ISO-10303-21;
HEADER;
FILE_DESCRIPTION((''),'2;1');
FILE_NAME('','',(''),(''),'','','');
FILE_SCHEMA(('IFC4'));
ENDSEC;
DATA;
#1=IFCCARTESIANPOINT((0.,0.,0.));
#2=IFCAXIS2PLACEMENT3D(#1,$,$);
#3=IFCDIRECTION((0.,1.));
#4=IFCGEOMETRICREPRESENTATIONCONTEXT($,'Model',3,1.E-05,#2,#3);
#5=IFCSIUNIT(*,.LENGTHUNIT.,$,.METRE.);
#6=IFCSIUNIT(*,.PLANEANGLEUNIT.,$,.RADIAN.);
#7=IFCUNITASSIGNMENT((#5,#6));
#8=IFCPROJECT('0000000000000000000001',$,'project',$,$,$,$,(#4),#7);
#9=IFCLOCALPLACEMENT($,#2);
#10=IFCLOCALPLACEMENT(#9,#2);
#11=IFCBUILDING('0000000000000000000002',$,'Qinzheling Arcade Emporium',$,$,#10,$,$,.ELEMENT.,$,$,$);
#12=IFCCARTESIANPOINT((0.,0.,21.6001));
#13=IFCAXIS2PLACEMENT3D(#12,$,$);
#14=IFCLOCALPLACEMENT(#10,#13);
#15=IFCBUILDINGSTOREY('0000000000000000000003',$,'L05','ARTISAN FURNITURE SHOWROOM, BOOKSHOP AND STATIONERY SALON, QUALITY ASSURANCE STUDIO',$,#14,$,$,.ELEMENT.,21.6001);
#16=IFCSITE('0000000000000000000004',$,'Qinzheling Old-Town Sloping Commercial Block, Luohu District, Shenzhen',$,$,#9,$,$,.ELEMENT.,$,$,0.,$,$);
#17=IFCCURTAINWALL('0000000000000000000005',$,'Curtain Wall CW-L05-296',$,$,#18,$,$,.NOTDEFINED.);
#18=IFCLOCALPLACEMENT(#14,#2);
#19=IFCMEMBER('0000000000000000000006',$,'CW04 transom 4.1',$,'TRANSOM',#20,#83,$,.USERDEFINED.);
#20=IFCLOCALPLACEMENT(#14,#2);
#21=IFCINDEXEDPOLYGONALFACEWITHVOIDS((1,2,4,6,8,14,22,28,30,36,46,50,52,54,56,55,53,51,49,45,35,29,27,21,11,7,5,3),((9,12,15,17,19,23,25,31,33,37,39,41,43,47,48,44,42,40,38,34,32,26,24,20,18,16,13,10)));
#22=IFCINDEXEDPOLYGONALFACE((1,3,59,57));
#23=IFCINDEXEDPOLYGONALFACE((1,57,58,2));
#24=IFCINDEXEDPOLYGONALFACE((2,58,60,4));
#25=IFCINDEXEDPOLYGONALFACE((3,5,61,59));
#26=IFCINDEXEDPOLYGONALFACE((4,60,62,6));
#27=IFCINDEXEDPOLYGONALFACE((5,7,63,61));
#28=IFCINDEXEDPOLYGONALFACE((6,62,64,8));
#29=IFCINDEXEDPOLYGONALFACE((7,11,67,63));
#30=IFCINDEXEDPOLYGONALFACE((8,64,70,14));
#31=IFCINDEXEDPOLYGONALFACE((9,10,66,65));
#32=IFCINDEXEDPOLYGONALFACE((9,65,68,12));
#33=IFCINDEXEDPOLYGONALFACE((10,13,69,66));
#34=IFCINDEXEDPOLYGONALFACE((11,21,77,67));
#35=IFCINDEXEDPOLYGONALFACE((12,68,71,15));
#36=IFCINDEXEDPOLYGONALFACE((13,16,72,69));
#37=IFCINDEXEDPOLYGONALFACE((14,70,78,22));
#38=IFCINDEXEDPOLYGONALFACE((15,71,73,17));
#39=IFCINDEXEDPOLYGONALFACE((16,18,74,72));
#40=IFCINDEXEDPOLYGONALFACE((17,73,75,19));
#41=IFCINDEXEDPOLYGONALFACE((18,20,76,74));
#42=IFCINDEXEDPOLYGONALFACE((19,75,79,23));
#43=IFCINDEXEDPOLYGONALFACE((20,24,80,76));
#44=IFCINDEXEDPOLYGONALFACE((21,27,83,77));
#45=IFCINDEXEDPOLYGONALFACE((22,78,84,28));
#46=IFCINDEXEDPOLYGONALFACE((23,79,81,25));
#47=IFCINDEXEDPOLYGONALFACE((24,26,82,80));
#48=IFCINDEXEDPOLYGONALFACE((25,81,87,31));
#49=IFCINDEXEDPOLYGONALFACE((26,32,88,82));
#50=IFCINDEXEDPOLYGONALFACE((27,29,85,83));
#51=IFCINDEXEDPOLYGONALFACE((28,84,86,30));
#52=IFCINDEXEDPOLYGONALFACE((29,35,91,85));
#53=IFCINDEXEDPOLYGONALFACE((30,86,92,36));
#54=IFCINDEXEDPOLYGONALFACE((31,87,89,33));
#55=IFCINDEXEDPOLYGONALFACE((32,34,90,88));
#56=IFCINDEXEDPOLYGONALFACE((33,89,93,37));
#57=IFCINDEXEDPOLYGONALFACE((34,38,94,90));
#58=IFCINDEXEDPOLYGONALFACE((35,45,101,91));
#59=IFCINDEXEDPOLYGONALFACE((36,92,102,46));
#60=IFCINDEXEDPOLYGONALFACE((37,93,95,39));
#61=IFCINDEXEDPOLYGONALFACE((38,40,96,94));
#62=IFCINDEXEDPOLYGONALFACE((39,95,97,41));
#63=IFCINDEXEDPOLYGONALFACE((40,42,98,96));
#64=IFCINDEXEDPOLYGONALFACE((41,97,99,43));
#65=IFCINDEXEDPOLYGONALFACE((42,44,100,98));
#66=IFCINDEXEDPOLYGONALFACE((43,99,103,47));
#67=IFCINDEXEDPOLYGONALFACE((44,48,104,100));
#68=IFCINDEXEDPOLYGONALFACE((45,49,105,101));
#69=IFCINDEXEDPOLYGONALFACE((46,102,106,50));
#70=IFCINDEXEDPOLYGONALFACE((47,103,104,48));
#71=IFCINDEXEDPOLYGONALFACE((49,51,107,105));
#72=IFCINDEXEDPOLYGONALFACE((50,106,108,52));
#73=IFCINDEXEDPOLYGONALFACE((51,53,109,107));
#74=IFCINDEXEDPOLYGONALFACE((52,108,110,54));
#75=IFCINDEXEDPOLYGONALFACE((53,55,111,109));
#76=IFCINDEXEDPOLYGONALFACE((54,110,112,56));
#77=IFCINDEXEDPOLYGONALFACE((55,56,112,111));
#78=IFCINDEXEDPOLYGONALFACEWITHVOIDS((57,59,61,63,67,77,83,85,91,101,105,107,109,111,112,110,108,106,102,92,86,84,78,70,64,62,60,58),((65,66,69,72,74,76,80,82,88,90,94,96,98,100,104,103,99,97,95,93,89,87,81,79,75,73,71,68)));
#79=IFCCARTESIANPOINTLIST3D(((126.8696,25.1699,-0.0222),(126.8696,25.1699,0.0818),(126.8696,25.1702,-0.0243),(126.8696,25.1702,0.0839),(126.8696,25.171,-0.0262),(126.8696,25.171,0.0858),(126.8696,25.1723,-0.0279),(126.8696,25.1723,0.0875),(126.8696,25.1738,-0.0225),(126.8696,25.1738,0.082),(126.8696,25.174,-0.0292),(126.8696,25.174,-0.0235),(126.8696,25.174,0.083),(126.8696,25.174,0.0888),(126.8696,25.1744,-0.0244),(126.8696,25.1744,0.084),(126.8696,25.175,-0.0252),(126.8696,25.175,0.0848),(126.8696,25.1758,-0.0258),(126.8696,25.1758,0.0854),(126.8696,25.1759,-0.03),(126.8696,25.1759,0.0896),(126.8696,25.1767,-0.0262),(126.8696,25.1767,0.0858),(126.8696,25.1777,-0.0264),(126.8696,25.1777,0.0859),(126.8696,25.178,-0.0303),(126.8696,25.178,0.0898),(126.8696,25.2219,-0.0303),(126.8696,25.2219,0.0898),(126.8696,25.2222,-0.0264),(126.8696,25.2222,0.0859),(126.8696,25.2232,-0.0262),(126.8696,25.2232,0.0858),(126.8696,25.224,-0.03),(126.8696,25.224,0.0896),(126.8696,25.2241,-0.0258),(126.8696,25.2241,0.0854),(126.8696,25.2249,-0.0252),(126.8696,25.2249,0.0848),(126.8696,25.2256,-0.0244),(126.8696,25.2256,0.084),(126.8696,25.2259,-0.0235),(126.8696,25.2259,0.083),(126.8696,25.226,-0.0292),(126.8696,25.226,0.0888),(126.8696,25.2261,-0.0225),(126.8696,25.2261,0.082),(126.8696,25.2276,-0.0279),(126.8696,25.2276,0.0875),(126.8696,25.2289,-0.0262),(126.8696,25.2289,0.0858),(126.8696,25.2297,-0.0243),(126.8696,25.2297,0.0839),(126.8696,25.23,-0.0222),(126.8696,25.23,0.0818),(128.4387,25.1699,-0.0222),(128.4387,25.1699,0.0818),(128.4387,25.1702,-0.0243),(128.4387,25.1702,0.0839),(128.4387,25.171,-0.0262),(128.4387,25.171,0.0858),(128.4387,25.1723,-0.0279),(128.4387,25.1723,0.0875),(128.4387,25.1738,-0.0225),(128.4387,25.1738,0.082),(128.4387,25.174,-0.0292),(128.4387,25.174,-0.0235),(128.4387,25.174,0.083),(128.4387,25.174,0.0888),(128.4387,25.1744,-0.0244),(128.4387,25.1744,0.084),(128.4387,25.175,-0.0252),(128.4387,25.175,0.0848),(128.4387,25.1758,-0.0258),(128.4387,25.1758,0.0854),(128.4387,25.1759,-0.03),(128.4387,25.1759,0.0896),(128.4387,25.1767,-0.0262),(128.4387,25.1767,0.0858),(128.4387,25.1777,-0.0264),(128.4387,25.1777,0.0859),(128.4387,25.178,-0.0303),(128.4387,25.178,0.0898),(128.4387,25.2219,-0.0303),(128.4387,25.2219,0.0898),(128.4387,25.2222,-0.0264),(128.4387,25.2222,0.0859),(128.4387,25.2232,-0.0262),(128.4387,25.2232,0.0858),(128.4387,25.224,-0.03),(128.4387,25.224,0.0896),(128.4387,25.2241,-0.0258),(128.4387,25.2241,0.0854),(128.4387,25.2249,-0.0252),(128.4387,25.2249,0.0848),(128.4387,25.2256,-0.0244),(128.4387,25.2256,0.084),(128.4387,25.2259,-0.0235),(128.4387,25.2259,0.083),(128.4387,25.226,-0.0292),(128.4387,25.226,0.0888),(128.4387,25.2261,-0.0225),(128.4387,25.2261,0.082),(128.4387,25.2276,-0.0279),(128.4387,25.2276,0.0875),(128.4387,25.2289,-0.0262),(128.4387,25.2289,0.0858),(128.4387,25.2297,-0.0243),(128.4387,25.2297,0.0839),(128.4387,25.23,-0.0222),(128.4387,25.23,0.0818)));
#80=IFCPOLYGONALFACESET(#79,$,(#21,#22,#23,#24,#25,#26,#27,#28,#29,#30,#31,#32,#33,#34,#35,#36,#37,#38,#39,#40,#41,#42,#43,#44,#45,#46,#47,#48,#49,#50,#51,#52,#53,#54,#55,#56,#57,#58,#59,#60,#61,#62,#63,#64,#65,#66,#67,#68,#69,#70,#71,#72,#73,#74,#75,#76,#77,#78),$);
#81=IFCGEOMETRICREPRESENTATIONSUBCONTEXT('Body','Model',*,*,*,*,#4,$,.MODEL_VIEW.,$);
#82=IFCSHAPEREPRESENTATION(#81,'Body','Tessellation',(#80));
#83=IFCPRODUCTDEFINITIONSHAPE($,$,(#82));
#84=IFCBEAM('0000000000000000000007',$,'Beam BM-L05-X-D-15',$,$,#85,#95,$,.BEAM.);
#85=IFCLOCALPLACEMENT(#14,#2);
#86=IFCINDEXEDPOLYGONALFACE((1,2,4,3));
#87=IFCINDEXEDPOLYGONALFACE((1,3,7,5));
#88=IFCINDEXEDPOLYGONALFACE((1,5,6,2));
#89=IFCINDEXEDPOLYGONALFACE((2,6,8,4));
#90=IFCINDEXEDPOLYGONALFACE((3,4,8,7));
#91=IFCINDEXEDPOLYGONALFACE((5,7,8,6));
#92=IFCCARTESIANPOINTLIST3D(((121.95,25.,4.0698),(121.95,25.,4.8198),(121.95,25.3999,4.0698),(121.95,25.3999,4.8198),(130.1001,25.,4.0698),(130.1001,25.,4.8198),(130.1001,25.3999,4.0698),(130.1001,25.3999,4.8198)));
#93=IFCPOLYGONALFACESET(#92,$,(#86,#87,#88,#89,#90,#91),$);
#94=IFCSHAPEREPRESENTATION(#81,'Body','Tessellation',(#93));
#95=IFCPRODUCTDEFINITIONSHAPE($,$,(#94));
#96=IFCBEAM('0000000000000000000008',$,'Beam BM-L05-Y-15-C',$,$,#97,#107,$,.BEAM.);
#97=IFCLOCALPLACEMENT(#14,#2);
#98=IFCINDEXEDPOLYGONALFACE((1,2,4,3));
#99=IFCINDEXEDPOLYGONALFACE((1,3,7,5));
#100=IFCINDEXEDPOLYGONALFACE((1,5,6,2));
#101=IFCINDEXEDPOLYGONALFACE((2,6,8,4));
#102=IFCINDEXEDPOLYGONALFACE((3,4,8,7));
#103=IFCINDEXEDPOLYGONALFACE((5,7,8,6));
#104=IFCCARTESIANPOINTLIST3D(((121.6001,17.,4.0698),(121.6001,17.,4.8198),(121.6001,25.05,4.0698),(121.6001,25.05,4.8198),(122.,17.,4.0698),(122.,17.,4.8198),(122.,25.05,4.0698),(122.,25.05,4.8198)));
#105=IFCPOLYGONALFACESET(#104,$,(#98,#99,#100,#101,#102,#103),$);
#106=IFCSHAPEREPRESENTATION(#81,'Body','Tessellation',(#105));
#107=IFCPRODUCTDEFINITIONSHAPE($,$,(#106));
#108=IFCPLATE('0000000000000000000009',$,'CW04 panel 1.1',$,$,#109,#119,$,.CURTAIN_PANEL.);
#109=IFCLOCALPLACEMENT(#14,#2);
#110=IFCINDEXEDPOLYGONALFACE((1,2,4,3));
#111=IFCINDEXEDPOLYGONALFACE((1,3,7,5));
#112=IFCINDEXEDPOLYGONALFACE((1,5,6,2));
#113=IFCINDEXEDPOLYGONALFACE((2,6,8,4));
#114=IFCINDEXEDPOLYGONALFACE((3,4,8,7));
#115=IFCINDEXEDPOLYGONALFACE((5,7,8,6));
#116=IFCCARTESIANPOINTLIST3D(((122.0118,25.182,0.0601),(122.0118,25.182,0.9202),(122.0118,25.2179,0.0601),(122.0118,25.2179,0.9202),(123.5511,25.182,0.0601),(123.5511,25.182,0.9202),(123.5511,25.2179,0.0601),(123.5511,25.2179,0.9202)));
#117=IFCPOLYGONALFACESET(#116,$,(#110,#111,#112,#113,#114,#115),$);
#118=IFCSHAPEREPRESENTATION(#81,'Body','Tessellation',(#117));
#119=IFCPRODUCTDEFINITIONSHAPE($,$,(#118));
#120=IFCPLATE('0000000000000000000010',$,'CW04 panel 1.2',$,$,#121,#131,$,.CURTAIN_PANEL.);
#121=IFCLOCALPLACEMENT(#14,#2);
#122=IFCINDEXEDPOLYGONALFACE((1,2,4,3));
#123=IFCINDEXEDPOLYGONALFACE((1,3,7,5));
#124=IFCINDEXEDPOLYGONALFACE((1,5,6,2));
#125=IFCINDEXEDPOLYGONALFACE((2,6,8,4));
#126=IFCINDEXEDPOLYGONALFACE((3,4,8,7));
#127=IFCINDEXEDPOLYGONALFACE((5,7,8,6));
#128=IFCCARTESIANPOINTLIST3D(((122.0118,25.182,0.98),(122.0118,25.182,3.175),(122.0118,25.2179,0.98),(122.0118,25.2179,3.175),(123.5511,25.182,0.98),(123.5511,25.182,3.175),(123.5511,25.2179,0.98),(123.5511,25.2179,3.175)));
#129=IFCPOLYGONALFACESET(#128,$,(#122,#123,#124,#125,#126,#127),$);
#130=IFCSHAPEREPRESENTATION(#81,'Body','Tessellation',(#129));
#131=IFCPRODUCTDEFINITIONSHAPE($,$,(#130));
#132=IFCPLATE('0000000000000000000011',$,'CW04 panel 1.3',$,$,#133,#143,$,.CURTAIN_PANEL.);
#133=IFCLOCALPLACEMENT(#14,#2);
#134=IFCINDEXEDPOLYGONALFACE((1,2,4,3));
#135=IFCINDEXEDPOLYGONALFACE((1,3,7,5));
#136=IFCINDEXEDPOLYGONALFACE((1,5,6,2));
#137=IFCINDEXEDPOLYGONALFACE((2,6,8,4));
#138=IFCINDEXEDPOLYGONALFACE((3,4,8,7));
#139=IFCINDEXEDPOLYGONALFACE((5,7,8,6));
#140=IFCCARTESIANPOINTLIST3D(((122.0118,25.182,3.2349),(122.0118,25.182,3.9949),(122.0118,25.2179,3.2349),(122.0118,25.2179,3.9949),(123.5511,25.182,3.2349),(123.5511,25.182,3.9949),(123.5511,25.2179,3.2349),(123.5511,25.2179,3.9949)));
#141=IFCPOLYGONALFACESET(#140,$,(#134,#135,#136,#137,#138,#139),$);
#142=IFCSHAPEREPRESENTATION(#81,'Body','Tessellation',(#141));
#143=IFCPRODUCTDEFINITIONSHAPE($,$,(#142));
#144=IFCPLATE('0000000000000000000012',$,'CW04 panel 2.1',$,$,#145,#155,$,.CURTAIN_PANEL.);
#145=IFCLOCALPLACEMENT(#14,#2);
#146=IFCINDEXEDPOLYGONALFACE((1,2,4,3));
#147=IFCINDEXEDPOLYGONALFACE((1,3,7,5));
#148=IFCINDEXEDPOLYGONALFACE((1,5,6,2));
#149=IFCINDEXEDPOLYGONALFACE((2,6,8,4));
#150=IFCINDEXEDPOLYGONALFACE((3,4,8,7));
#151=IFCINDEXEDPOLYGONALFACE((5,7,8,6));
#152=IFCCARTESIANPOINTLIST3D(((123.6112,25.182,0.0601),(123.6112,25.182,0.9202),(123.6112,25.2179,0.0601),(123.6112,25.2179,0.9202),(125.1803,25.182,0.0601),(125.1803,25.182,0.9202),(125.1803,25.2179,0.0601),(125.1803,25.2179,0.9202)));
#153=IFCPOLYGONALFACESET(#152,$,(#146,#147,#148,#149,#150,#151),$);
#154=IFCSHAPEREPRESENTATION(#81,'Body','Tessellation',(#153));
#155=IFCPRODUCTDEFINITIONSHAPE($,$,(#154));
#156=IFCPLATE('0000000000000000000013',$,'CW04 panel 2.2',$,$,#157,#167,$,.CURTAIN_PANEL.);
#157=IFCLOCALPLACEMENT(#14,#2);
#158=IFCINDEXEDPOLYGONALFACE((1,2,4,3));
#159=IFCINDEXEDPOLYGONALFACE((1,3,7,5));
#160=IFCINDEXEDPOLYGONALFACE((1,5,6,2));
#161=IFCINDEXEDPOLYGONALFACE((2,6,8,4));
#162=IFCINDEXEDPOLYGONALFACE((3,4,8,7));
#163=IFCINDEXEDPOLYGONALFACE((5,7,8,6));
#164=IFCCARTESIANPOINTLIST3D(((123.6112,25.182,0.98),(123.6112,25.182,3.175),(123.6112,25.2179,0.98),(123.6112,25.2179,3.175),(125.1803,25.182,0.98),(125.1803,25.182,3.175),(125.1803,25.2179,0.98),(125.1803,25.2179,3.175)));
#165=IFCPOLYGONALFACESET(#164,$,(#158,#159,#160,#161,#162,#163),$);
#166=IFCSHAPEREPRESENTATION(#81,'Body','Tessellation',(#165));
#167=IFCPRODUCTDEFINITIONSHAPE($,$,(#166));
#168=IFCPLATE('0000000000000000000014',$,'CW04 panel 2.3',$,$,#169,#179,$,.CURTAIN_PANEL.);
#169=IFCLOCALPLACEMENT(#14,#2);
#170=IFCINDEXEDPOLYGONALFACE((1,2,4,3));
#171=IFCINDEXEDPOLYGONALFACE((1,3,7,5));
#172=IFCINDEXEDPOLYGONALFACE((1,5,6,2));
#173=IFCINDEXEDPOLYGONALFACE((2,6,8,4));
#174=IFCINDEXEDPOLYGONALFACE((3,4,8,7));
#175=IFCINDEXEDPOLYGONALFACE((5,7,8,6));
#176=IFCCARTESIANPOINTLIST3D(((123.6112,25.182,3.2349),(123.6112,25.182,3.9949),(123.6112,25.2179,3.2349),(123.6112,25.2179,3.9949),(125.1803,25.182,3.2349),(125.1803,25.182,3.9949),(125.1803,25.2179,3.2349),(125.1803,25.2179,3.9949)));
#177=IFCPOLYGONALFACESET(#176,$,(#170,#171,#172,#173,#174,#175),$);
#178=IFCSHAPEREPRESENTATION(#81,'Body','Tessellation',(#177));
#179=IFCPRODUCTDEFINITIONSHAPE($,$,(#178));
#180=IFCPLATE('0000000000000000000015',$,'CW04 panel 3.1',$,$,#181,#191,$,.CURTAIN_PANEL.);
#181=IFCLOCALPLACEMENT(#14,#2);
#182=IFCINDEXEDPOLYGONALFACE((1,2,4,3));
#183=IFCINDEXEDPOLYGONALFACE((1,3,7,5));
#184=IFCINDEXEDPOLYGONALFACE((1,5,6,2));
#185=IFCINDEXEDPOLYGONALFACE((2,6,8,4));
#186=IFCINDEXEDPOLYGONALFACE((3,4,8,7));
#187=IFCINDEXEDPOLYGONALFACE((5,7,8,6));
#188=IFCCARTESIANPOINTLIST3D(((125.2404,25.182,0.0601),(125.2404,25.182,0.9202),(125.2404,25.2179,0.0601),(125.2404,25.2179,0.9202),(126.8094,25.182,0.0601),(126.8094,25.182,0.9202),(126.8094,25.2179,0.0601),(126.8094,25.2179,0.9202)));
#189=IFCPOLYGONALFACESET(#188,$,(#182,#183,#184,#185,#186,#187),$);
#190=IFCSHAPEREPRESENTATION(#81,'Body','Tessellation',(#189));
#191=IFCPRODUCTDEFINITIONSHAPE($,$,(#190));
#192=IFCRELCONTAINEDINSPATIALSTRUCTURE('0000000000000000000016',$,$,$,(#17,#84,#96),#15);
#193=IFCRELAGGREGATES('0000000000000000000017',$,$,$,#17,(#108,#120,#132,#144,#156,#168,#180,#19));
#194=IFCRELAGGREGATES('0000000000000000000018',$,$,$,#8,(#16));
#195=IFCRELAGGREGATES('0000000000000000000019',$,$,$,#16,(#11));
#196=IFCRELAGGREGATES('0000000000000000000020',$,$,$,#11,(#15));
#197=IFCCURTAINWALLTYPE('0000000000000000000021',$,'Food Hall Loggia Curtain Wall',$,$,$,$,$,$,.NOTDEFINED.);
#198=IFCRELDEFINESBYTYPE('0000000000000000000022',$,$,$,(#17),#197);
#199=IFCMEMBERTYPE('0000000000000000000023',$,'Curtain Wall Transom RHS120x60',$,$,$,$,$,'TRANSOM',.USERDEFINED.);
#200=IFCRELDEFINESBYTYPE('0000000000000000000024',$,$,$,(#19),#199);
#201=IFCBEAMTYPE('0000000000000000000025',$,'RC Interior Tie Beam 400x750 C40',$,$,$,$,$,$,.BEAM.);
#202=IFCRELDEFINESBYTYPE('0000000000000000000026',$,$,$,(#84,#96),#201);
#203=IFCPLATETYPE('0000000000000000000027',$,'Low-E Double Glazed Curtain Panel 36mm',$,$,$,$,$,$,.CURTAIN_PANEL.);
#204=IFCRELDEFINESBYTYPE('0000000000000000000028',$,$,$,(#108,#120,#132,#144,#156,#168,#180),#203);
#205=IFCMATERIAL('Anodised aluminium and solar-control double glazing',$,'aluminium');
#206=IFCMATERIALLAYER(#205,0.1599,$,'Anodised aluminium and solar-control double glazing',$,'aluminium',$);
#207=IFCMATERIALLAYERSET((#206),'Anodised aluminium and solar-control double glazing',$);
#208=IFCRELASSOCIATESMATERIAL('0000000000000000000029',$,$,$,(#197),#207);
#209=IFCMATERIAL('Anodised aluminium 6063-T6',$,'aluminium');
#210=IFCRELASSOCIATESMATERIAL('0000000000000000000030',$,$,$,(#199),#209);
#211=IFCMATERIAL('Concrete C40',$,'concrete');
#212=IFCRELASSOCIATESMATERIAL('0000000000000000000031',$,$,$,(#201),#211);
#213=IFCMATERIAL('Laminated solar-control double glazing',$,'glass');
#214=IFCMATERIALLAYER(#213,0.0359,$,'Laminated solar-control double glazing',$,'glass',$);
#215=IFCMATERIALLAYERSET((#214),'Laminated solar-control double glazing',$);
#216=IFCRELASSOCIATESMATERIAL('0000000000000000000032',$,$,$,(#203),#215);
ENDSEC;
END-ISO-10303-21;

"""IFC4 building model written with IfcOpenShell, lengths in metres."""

from ifc_helpers import new_model, si_unit, direction, frame, origin, origin_2d, place, context, subcontext, project, spatial, rectangle, hollow_rectangle, extrude, material, layer, layer_set, material_profile, profile_set, type_object, element, aggregate, save


model = new_model("IFC4")

# Units and contexts
model_context = context("Model", 3, precision=1e-05, world=origin(), true_north=direction((0.0, 1.0)))
body_context = subcontext(model_context, "Body", "Model", "MODEL_VIEW")
ifc_project = project(units=[si_unit("LENGTHUNIT", "METRE"), si_unit("PLANEANGLEUNIT", "RADIAN")], contexts=[model_context])

# Site, building, storey
site_placement = place(None, origin())
site = spatial("IfcSite", under=ifc_project, at=site_placement, Name="Qinzheling Old-Town Sloping Commercial Block, Luohu District, Shenzhen", CompositionType="ELEMENT", RefElevation=0.0)
building_placement = place(site_placement, origin())
building = spatial("IfcBuilding", under=site, at=building_placement, Name="Qinzheling Arcade Emporium", CompositionType="ELEMENT")
storey_placement = place(building_placement, frame((0.0, 0.0, 21.6001)))
storey = spatial("IfcBuildingStorey", under=building, at=storey_placement, Name="L05", Description="ARTISAN FURNITURE SHOWROOM, BOOKSHOP AND STATIONERY SALON, QUALITY ASSURANCE STUDIO", CompositionType="ELEMENT", Elevation=21.6001)

# Curtain wall, member
ifc_material_1 = material(Name="Anodised aluminium and solar-control double glazing", Category="aluminium")
ifc_layer_1 = layer(ifc_material_1, 0.1599, Name="Anodised aluminium and solar-control double glazing", Category="aluminium")
ifc_layer_set_1 = layer_set([ifc_layer_1], Name="Anodised aluminium and solar-control double glazing")
curtain_wall_type = type_object("IfcCurtainWallType", Name="Food Hall Loggia Curtain Wall", PredefinedType="NOTDEFINED", material=ifc_layer_set_1)
curtain_wall_placement = place(storey_placement, origin())
curtain_wall = element("IfcCurtainWall", 1, at=curtain_wall_placement, inside=storey, type_object=curtain_wall_type, Name="Curtain Wall CW-L05-296", PredefinedType="NOTDEFINED")
ifc_material_2 = material(Name="Anodised aluminium 6063-T6", Category="aluminium")
ifc_material_profile_1 = material_profile(ifc_material_2, hollow_rectangle(XDim=0.0601, YDim=0.1201, WallThickness=0.0039, InnerFilletRadius=0.0039, OuterFilletRadius=0.0081, at=origin_2d()), Name="RHS 120x60x4", Category="aluminium")
ifc_profile_set_1 = profile_set([ifc_material_profile_1], Name="Anodised aluminium 6063-T6")
member_type_1 = type_object("IfcMemberType", Name="Curtain Wall Transom RHS120x60", ElementType="TRANSOM", PredefinedType="USERDEFINED", material=ifc_profile_set_1)
member_1_placement = place(storey_placement, frame((126.8696, 25.2, 0.0298), z_axis=(1.0, 0.0, 0.0), x_axis=(0.0, 1.0, 0.0)))
member_1 = element("IfcMember", 2, at=member_1_placement, type_object=member_type_1, Name="CW04 transom 4.1", ObjectType="TRANSOM", PredefinedType="USERDEFINED", context=body_context, shape_type="SweptSolid", body=[
    extrude(hollow_rectangle(XDim=0.0601, YDim=0.1201, WallThickness=0.0039, InnerFilletRadius=0.0039, OuterFilletRadius=0.0081, at=origin_2d()), origin(), (0.0, 0.0, 1.0), 1.5691),
])

# Beams
ifc_material_3 = material(Name="Concrete C40", Category="concrete")
ifc_material_profile_2 = material_profile(ifc_material_3, rectangle(XDim=0.3999, YDim=0.75, at=origin_2d()), Name="RC 400x750", Category="concrete")
ifc_profile_set_2 = profile_set([ifc_material_profile_2], Name="Concrete C40")
beam_type = type_object("IfcBeamType", Name="RC Interior Tie Beam 400x750 C40", PredefinedType="BEAM", material=ifc_profile_set_2)
beam_1_placement = place(storey_placement, frame((121.95, 25.2, 4.4448), z_axis=(1.0, 0.0, 0.0), x_axis=(0.0, 1.0, 0.0)))
element("IfcBeam", 3, at=beam_1_placement, inside=storey, type_object=beam_type, Name="Beam BM-L05-X-D-15", PredefinedType="BEAM", context=body_context, shape_type="SweptSolid", body=[
    extrude(rectangle(XDim=0.3999, YDim=0.75, at=origin_2d()), origin(), (0.0, 0.0, 1.0), 8.1501),
])
beam_2_placement = place(storey_placement, frame((121.8, 17.0, 4.4448), z_axis=(0.0, 1.0, 0.0), x_axis=(-1.0, 0.0, 0.0)))
element("IfcBeam", 4, at=beam_2_placement, inside=storey, type_object=beam_type, Name="Beam BM-L05-Y-15-C", PredefinedType="BEAM", context=body_context, shape_type="SweptSolid", body=[
    extrude(rectangle(XDim=0.3999, YDim=0.75, at=origin_2d()), origin(), (0.0, 0.0, 1.0), 8.05),
])

# Plates
ifc_material_4 = material(Name="Laminated solar-control double glazing", Category="glass")
ifc_layer_2 = layer(ifc_material_4, 0.0359, Name="Laminated solar-control double glazing", Category="glass")
ifc_layer_set_2 = layer_set([ifc_layer_2], Name="Laminated solar-control double glazing")
plate_type = type_object("IfcPlateType", Name="Low-E Double Glazed Curtain Panel 36mm", PredefinedType="CURTAIN_PANEL", material=ifc_layer_set_2)
plate_1_placement = place(storey_placement, frame((122.7815, 25.2, 0.0601), z_axis=(0.0, 0.0, 1.0), x_axis=(1.0, 0.0, 0.0)))
plate_1 = element("IfcPlate", 5, at=plate_1_placement, type_object=plate_type, Name="CW04 panel 1.1", PredefinedType="CURTAIN_PANEL", context=body_context, shape_type="SweptSolid", body=[
    extrude(rectangle(XDim=1.5393, YDim=0.0359, at=origin_2d()), origin(), (0.0, 0.0, 1.0), 0.8601),
])
plate_2_placement = place(storey_placement, frame((122.7815, 25.2, 0.98), z_axis=(0.0, 0.0, 1.0), x_axis=(1.0, 0.0, 0.0)))
plate_2 = element("IfcPlate", 6, at=plate_2_placement, type_object=plate_type, Name="CW04 panel 1.2", PredefinedType="CURTAIN_PANEL", context=body_context, shape_type="SweptSolid", body=[
    extrude(rectangle(XDim=1.5393, YDim=0.0359, at=origin_2d()), origin(), (0.0, 0.0, 1.0), 2.1951),
])
plate_3_placement = place(storey_placement, frame((122.7815, 25.2, 3.2349), z_axis=(0.0, 0.0, 1.0), x_axis=(1.0, 0.0, 0.0)))
plate_3 = element("IfcPlate", 7, at=plate_3_placement, type_object=plate_type, Name="CW04 panel 1.3", PredefinedType="CURTAIN_PANEL", context=body_context, shape_type="SweptSolid", body=[
    extrude(rectangle(XDim=1.5393, YDim=0.0359, at=origin_2d()), origin(), (0.0, 0.0, 1.0), 0.76),
])
plate_4_placement = place(storey_placement, frame((124.3958, 25.2, 0.0601), z_axis=(0.0, 0.0, 1.0), x_axis=(1.0, 0.0, 0.0)))
plate_4 = element("IfcPlate", 8, at=plate_4_placement, type_object=plate_type, Name="CW04 panel 2.1", PredefinedType="CURTAIN_PANEL", context=body_context, shape_type="SweptSolid", body=[
    extrude(rectangle(XDim=1.5691, YDim=0.0359, at=origin_2d()), origin(), (0.0, 0.0, 1.0), 0.8601),
])
plate_5_placement = place(storey_placement, frame((124.3958, 25.2, 0.98), z_axis=(0.0, 0.0, 1.0), x_axis=(1.0, 0.0, 0.0)))
plate_5 = element("IfcPlate", 9, at=plate_5_placement, type_object=plate_type, Name="CW04 panel 2.2", PredefinedType="CURTAIN_PANEL", context=body_context, shape_type="SweptSolid", body=[
    extrude(rectangle(XDim=1.5691, YDim=0.0359, at=origin_2d()), origin(), (0.0, 0.0, 1.0), 2.1951),
])
plate_6_placement = place(storey_placement, frame((124.3958, 25.2, 3.2349), z_axis=(0.0, 0.0, 1.0), x_axis=(1.0, 0.0, 0.0)))
plate_6 = element("IfcPlate", 10, at=plate_6_placement, type_object=plate_type, Name="CW04 panel 2.3", PredefinedType="CURTAIN_PANEL", context=body_context, shape_type="SweptSolid", body=[
    extrude(rectangle(XDim=1.5691, YDim=0.0359, at=origin_2d()), origin(), (0.0, 0.0, 1.0), 0.76),
])
plate_7_placement = place(storey_placement, frame((126.0249, 25.2, 0.0601), z_axis=(0.0, 0.0, 1.0), x_axis=(1.0, 0.0, 0.0)))
plate_7 = element("IfcPlate", 11, at=plate_7_placement, type_object=plate_type, Name="CW04 panel 3.1", PredefinedType="CURTAIN_PANEL", context=body_context, shape_type="SweptSolid", body=[
    extrude(rectangle(XDim=1.5691, YDim=0.0359, at=origin_2d()), origin(), (0.0, 0.0, 1.0), 0.8601),
])
aggregate(curtain_wall, [plate_1, plate_2, plate_3, plate_4, plate_5, plate_6, plate_7, member_1])

save(model, "model.ifc")
